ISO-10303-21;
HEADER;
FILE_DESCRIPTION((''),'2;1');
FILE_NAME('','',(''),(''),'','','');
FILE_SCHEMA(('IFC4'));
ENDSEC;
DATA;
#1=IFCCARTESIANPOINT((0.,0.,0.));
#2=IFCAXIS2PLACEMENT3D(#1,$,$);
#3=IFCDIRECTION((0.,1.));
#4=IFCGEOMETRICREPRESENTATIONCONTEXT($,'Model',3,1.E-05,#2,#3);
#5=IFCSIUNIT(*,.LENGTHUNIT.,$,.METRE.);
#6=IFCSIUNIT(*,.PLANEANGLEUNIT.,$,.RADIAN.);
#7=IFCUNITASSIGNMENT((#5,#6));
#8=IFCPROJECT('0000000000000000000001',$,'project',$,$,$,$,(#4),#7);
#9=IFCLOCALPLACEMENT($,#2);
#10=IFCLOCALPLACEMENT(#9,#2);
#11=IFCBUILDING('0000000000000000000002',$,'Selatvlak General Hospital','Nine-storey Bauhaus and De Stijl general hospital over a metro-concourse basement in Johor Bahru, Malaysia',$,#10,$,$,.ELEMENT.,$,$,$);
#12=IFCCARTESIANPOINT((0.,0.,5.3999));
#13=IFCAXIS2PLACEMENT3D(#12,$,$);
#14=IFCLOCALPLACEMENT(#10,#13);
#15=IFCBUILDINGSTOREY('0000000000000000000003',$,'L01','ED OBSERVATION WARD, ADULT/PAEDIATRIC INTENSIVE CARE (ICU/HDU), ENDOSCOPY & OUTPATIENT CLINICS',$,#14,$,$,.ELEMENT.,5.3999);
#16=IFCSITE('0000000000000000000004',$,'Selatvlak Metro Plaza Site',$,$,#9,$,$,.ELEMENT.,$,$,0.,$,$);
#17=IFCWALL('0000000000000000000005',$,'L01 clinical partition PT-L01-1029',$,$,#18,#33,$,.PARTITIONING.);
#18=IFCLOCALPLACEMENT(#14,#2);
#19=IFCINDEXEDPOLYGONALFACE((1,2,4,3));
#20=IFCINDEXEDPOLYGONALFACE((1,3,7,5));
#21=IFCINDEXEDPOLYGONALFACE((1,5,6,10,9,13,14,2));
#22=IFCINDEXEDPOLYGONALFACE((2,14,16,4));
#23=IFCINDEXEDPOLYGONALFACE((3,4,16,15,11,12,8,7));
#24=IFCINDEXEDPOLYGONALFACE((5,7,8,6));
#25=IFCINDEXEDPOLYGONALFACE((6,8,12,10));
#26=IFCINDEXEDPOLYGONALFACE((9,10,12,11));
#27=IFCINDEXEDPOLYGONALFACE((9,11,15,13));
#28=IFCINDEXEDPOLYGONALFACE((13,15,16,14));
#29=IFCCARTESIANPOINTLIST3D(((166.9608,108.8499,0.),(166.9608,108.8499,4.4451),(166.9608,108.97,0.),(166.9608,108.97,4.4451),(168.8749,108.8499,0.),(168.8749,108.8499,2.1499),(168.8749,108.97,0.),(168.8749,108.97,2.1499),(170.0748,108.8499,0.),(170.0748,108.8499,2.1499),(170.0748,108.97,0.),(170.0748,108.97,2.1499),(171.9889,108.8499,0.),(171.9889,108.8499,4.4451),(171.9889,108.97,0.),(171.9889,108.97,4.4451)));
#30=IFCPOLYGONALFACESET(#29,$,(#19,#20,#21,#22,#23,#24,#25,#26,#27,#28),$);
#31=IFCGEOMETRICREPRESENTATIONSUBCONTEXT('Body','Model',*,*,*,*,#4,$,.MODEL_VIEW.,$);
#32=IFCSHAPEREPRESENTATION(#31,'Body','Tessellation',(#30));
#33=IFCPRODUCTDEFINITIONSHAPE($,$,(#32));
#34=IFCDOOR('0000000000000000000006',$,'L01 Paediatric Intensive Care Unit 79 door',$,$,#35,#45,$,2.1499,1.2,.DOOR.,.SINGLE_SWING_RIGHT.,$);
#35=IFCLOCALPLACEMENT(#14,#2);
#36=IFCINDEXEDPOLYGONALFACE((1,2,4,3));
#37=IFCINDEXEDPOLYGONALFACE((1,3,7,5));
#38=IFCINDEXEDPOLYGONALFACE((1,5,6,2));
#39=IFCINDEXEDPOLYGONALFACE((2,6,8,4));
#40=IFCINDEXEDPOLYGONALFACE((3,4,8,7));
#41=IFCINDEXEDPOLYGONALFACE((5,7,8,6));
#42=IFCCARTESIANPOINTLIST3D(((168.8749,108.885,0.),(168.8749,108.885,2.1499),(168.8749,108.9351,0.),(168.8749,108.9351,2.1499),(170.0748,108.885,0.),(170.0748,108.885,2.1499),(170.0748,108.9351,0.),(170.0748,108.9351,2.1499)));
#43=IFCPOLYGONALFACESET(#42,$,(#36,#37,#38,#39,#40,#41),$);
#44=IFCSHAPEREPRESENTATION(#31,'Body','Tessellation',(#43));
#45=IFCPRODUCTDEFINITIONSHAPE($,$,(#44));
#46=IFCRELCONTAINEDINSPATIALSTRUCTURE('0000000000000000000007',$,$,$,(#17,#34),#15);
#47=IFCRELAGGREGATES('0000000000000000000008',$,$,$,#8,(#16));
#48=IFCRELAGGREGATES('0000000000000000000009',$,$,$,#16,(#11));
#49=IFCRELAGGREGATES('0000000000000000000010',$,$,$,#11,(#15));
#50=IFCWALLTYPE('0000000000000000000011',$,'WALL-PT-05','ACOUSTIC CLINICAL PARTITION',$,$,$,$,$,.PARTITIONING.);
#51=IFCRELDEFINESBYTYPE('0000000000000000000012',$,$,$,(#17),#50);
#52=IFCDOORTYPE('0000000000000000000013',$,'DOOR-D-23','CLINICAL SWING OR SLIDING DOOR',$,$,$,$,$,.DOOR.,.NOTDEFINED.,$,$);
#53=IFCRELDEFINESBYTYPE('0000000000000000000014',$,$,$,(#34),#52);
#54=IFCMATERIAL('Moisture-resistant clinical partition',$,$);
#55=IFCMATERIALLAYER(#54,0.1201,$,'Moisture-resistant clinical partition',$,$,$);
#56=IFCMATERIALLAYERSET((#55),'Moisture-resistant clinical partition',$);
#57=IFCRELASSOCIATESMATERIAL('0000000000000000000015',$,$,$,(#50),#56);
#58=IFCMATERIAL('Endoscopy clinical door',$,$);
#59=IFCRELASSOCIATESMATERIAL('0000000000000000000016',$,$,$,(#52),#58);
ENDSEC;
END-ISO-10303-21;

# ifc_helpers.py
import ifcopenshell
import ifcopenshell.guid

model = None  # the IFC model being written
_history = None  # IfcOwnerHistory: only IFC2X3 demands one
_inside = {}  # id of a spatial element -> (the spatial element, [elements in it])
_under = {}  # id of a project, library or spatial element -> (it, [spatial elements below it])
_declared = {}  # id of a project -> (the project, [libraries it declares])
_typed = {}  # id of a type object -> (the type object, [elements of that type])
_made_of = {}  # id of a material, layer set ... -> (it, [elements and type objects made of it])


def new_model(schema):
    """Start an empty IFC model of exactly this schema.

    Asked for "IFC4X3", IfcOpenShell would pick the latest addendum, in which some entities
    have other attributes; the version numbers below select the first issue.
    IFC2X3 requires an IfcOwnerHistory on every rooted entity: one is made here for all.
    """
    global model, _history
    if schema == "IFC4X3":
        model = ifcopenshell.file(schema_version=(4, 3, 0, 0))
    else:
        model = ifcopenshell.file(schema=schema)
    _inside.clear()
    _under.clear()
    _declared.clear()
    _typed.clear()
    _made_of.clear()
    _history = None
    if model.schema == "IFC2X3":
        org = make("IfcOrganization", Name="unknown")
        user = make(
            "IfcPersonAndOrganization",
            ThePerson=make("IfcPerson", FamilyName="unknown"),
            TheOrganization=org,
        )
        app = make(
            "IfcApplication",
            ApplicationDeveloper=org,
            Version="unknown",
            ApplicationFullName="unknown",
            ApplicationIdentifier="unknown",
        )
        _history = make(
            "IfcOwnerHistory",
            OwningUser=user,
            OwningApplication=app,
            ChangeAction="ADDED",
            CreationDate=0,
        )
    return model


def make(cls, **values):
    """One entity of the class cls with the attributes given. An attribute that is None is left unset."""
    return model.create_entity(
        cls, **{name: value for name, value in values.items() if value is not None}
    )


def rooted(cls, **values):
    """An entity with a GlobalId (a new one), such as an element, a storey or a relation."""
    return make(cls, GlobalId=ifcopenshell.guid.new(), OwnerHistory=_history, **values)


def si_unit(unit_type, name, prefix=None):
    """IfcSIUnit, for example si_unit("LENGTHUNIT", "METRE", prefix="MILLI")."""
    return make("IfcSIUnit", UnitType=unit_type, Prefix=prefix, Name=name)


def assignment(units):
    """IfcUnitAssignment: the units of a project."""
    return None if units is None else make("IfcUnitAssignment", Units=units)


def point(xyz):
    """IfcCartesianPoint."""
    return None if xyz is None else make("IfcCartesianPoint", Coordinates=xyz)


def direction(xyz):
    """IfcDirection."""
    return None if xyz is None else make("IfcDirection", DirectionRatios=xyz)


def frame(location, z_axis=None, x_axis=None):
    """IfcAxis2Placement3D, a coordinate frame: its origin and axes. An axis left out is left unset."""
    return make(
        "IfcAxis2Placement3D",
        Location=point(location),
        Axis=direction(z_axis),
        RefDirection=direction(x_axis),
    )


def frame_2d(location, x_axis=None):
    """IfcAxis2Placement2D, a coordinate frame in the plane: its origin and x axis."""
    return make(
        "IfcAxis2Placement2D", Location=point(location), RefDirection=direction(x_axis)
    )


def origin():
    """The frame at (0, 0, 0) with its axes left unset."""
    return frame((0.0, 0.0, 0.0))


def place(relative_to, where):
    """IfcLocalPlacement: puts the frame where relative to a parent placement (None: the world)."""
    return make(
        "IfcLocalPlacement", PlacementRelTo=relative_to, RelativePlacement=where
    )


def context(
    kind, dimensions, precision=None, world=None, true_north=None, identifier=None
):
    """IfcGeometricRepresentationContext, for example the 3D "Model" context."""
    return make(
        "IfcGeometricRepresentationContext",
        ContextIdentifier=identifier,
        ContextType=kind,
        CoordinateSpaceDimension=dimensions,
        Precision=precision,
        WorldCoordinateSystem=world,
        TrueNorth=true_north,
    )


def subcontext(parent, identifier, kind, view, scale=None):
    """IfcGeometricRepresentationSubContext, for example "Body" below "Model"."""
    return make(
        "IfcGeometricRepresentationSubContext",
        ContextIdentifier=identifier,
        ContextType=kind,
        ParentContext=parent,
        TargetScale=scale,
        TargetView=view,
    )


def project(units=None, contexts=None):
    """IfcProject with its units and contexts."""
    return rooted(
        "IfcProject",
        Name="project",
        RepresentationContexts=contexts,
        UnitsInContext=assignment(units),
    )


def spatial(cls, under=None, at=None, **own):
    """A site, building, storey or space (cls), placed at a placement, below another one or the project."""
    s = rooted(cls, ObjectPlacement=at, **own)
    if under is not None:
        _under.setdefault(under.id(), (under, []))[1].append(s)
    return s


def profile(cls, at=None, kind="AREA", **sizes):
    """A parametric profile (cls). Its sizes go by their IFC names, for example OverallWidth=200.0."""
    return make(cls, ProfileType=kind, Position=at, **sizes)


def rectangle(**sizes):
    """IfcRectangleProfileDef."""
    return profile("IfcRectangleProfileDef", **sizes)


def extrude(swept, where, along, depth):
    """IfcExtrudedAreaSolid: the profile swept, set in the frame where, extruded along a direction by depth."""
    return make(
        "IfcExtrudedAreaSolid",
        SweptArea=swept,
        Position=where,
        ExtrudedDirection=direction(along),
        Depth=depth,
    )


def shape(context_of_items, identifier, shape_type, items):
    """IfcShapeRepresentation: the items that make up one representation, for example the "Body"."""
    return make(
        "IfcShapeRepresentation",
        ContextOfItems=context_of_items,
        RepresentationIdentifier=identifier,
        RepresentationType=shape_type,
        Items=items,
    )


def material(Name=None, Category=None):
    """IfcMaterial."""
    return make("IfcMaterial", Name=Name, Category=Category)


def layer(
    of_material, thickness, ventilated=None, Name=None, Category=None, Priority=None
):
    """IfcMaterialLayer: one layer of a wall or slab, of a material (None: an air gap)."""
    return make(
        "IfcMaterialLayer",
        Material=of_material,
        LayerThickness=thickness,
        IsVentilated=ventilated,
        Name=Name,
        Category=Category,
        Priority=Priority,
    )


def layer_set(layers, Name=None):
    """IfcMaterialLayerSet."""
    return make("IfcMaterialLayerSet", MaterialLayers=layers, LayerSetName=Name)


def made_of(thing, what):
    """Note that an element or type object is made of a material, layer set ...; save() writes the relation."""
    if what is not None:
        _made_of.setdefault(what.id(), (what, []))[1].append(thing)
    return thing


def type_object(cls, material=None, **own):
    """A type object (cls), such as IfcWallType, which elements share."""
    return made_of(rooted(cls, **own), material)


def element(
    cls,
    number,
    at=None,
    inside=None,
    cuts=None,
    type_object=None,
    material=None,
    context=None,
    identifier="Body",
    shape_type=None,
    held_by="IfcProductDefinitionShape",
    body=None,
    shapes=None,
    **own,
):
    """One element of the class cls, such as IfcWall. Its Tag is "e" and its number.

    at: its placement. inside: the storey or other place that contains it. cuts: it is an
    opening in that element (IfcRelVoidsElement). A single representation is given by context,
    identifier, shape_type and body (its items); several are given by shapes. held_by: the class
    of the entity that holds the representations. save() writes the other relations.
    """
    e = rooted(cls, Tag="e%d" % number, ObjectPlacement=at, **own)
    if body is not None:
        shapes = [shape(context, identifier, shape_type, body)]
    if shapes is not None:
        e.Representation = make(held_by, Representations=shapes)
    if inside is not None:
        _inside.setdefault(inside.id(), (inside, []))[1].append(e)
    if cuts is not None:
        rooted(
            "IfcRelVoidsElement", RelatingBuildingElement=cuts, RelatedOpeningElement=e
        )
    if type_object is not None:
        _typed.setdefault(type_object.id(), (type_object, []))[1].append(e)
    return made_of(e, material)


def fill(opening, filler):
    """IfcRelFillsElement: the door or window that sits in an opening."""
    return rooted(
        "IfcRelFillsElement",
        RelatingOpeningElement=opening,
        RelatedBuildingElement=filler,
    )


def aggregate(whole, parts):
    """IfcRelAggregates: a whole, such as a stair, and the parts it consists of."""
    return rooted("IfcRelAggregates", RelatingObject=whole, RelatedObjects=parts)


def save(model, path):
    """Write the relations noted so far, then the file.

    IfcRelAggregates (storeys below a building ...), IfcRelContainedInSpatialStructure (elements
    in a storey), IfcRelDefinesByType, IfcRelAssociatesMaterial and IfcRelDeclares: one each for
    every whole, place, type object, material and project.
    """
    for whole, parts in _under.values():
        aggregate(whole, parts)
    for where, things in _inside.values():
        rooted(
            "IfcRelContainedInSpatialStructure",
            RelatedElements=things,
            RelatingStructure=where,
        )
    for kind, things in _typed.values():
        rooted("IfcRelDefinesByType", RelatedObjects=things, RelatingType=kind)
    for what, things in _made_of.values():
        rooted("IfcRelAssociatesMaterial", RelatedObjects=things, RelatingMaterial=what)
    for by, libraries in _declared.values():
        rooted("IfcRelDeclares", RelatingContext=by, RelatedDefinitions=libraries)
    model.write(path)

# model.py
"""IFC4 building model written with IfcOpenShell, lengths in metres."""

from ifc_helpers import new_model, si_unit, direction, frame, frame_2d, origin, place, context, subcontext, project, spatial, rectangle, extrude, material, layer, layer_set, type_object, element, fill, save


model = new_model("IFC4")

# Units and contexts
model_context = context("Model", 3, precision=1e-05, world=origin(), true_north=direction((0.0, 1.0)))
body_context = subcontext(model_context, "Body", "Model", "MODEL_VIEW")
ifc_project = project(units=[si_unit("LENGTHUNIT", "METRE"), si_unit("PLANEANGLEUNIT", "RADIAN")], contexts=[model_context])

# Site, building, storey
site_placement = place(None, origin())
site = spatial("IfcSite", under=ifc_project, at=site_placement, Name="Selatvlak Metro Plaza Site", CompositionType="ELEMENT", RefElevation=0.0)
building_placement = place(site_placement, origin())
building = spatial("IfcBuilding", under=site, at=building_placement, Name="Selatvlak General Hospital", Description="Nine-storey Bauhaus and De Stijl general hospital over a metro-concourse basement in Johor Bahru, Malaysia", CompositionType="ELEMENT")
storey_placement = place(building_placement, frame((0.0, 0.0, 5.3999)))
storey = spatial("IfcBuildingStorey", under=building, at=storey_placement, Name="L01", Description="ED OBSERVATION WARD, ADULT/PAEDIATRIC INTENSIVE CARE (ICU/HDU), ENDOSCOPY & OUTPATIENT CLINICS", CompositionType="ELEMENT", Elevation=5.3999)

# Shared definitions
ifc_material_1 = material(Name="Moisture-resistant clinical partition")

# Wall, opening, door
ifc_layer_1 = layer(ifc_material_1, 0.1201, Name="Moisture-resistant clinical partition")
ifc_layer_set_1 = layer_set([ifc_layer_1], Name="Moisture-resistant clinical partition")
wall_type_1 = type_object("IfcWallType", Name="WALL-PT-05", Description="ACOUSTIC CLINICAL PARTITION", PredefinedType="PARTITIONING", material=ifc_layer_set_1)
wall_1_placement = place(storey_placement, frame((171.989, 108.9099, 0.0), z_axis=(0.0, 0.0, 1.0), x_axis=(-1.0, 0.0, 0.0)))
wall_1 = element("IfcWall", 1, at=wall_1_placement, inside=storey, type_object=wall_type_1, Name="L01 clinical partition PT-L01-1029", PredefinedType="PARTITIONING", context=body_context, shape_type="SweptSolid", body=[
    extrude(rectangle(XDim=5.0281, YDim=0.1201, at=frame_2d((2.5142, 0.0))), origin(), (0.0, 0.0, 1.0), 4.4451),
])
opening_1_placement = place(wall_1_placement, frame((1.9141, 0.0, 0.0)))
opening_1 = element("IfcOpeningElement", 2, at=opening_1_placement, cuts=wall_1, PredefinedType="OPENING", context=body_context, shape_type="SweptSolid", body=[
    extrude(rectangle(XDim=1.2, YDim=2.1499, at=frame_2d((0.6001, 1.075))), frame((0.0, 0.0701, 0.0), z_axis=(0.0, -1.0, 0.0), x_axis=(1.0, 0.0, 0.0)), (0.0, 0.0, 1.0), 0.1401),
])
ifc_material_2 = material(Name="Endoscopy clinical door")
door_type_1 = type_object("IfcDoorType", Name="DOOR-D-23", Description="CLINICAL SWING OR SLIDING DOOR", OperationType="NOTDEFINED", PredefinedType="DOOR", material=ifc_material_2)
door_1_placement = place(opening_1_placement, origin())
door_1 = element("IfcDoor", 3, at=door_1_placement, inside=storey, type_object=door_type_1, Name="L01 Paediatric Intensive Care Unit 79 door", OperationType="SINGLE_SWING_RIGHT", OverallHeight=2.1499, OverallWidth=1.2, PredefinedType="DOOR", context=body_context, shape_type="SweptSolid", body=[
    extrude(rectangle(XDim=1.2, YDim=2.1499, at=frame_2d((0.6001, 1.075))), frame((0.0, 0.0249, 0.0), z_axis=(0.0, -1.0, 0.0), x_axis=(1.0, 0.0, 0.0)), (0.0, 0.0, 1.0), 0.05),
])
fill(opening_1, door_1)

save(model, "model.ifc")
